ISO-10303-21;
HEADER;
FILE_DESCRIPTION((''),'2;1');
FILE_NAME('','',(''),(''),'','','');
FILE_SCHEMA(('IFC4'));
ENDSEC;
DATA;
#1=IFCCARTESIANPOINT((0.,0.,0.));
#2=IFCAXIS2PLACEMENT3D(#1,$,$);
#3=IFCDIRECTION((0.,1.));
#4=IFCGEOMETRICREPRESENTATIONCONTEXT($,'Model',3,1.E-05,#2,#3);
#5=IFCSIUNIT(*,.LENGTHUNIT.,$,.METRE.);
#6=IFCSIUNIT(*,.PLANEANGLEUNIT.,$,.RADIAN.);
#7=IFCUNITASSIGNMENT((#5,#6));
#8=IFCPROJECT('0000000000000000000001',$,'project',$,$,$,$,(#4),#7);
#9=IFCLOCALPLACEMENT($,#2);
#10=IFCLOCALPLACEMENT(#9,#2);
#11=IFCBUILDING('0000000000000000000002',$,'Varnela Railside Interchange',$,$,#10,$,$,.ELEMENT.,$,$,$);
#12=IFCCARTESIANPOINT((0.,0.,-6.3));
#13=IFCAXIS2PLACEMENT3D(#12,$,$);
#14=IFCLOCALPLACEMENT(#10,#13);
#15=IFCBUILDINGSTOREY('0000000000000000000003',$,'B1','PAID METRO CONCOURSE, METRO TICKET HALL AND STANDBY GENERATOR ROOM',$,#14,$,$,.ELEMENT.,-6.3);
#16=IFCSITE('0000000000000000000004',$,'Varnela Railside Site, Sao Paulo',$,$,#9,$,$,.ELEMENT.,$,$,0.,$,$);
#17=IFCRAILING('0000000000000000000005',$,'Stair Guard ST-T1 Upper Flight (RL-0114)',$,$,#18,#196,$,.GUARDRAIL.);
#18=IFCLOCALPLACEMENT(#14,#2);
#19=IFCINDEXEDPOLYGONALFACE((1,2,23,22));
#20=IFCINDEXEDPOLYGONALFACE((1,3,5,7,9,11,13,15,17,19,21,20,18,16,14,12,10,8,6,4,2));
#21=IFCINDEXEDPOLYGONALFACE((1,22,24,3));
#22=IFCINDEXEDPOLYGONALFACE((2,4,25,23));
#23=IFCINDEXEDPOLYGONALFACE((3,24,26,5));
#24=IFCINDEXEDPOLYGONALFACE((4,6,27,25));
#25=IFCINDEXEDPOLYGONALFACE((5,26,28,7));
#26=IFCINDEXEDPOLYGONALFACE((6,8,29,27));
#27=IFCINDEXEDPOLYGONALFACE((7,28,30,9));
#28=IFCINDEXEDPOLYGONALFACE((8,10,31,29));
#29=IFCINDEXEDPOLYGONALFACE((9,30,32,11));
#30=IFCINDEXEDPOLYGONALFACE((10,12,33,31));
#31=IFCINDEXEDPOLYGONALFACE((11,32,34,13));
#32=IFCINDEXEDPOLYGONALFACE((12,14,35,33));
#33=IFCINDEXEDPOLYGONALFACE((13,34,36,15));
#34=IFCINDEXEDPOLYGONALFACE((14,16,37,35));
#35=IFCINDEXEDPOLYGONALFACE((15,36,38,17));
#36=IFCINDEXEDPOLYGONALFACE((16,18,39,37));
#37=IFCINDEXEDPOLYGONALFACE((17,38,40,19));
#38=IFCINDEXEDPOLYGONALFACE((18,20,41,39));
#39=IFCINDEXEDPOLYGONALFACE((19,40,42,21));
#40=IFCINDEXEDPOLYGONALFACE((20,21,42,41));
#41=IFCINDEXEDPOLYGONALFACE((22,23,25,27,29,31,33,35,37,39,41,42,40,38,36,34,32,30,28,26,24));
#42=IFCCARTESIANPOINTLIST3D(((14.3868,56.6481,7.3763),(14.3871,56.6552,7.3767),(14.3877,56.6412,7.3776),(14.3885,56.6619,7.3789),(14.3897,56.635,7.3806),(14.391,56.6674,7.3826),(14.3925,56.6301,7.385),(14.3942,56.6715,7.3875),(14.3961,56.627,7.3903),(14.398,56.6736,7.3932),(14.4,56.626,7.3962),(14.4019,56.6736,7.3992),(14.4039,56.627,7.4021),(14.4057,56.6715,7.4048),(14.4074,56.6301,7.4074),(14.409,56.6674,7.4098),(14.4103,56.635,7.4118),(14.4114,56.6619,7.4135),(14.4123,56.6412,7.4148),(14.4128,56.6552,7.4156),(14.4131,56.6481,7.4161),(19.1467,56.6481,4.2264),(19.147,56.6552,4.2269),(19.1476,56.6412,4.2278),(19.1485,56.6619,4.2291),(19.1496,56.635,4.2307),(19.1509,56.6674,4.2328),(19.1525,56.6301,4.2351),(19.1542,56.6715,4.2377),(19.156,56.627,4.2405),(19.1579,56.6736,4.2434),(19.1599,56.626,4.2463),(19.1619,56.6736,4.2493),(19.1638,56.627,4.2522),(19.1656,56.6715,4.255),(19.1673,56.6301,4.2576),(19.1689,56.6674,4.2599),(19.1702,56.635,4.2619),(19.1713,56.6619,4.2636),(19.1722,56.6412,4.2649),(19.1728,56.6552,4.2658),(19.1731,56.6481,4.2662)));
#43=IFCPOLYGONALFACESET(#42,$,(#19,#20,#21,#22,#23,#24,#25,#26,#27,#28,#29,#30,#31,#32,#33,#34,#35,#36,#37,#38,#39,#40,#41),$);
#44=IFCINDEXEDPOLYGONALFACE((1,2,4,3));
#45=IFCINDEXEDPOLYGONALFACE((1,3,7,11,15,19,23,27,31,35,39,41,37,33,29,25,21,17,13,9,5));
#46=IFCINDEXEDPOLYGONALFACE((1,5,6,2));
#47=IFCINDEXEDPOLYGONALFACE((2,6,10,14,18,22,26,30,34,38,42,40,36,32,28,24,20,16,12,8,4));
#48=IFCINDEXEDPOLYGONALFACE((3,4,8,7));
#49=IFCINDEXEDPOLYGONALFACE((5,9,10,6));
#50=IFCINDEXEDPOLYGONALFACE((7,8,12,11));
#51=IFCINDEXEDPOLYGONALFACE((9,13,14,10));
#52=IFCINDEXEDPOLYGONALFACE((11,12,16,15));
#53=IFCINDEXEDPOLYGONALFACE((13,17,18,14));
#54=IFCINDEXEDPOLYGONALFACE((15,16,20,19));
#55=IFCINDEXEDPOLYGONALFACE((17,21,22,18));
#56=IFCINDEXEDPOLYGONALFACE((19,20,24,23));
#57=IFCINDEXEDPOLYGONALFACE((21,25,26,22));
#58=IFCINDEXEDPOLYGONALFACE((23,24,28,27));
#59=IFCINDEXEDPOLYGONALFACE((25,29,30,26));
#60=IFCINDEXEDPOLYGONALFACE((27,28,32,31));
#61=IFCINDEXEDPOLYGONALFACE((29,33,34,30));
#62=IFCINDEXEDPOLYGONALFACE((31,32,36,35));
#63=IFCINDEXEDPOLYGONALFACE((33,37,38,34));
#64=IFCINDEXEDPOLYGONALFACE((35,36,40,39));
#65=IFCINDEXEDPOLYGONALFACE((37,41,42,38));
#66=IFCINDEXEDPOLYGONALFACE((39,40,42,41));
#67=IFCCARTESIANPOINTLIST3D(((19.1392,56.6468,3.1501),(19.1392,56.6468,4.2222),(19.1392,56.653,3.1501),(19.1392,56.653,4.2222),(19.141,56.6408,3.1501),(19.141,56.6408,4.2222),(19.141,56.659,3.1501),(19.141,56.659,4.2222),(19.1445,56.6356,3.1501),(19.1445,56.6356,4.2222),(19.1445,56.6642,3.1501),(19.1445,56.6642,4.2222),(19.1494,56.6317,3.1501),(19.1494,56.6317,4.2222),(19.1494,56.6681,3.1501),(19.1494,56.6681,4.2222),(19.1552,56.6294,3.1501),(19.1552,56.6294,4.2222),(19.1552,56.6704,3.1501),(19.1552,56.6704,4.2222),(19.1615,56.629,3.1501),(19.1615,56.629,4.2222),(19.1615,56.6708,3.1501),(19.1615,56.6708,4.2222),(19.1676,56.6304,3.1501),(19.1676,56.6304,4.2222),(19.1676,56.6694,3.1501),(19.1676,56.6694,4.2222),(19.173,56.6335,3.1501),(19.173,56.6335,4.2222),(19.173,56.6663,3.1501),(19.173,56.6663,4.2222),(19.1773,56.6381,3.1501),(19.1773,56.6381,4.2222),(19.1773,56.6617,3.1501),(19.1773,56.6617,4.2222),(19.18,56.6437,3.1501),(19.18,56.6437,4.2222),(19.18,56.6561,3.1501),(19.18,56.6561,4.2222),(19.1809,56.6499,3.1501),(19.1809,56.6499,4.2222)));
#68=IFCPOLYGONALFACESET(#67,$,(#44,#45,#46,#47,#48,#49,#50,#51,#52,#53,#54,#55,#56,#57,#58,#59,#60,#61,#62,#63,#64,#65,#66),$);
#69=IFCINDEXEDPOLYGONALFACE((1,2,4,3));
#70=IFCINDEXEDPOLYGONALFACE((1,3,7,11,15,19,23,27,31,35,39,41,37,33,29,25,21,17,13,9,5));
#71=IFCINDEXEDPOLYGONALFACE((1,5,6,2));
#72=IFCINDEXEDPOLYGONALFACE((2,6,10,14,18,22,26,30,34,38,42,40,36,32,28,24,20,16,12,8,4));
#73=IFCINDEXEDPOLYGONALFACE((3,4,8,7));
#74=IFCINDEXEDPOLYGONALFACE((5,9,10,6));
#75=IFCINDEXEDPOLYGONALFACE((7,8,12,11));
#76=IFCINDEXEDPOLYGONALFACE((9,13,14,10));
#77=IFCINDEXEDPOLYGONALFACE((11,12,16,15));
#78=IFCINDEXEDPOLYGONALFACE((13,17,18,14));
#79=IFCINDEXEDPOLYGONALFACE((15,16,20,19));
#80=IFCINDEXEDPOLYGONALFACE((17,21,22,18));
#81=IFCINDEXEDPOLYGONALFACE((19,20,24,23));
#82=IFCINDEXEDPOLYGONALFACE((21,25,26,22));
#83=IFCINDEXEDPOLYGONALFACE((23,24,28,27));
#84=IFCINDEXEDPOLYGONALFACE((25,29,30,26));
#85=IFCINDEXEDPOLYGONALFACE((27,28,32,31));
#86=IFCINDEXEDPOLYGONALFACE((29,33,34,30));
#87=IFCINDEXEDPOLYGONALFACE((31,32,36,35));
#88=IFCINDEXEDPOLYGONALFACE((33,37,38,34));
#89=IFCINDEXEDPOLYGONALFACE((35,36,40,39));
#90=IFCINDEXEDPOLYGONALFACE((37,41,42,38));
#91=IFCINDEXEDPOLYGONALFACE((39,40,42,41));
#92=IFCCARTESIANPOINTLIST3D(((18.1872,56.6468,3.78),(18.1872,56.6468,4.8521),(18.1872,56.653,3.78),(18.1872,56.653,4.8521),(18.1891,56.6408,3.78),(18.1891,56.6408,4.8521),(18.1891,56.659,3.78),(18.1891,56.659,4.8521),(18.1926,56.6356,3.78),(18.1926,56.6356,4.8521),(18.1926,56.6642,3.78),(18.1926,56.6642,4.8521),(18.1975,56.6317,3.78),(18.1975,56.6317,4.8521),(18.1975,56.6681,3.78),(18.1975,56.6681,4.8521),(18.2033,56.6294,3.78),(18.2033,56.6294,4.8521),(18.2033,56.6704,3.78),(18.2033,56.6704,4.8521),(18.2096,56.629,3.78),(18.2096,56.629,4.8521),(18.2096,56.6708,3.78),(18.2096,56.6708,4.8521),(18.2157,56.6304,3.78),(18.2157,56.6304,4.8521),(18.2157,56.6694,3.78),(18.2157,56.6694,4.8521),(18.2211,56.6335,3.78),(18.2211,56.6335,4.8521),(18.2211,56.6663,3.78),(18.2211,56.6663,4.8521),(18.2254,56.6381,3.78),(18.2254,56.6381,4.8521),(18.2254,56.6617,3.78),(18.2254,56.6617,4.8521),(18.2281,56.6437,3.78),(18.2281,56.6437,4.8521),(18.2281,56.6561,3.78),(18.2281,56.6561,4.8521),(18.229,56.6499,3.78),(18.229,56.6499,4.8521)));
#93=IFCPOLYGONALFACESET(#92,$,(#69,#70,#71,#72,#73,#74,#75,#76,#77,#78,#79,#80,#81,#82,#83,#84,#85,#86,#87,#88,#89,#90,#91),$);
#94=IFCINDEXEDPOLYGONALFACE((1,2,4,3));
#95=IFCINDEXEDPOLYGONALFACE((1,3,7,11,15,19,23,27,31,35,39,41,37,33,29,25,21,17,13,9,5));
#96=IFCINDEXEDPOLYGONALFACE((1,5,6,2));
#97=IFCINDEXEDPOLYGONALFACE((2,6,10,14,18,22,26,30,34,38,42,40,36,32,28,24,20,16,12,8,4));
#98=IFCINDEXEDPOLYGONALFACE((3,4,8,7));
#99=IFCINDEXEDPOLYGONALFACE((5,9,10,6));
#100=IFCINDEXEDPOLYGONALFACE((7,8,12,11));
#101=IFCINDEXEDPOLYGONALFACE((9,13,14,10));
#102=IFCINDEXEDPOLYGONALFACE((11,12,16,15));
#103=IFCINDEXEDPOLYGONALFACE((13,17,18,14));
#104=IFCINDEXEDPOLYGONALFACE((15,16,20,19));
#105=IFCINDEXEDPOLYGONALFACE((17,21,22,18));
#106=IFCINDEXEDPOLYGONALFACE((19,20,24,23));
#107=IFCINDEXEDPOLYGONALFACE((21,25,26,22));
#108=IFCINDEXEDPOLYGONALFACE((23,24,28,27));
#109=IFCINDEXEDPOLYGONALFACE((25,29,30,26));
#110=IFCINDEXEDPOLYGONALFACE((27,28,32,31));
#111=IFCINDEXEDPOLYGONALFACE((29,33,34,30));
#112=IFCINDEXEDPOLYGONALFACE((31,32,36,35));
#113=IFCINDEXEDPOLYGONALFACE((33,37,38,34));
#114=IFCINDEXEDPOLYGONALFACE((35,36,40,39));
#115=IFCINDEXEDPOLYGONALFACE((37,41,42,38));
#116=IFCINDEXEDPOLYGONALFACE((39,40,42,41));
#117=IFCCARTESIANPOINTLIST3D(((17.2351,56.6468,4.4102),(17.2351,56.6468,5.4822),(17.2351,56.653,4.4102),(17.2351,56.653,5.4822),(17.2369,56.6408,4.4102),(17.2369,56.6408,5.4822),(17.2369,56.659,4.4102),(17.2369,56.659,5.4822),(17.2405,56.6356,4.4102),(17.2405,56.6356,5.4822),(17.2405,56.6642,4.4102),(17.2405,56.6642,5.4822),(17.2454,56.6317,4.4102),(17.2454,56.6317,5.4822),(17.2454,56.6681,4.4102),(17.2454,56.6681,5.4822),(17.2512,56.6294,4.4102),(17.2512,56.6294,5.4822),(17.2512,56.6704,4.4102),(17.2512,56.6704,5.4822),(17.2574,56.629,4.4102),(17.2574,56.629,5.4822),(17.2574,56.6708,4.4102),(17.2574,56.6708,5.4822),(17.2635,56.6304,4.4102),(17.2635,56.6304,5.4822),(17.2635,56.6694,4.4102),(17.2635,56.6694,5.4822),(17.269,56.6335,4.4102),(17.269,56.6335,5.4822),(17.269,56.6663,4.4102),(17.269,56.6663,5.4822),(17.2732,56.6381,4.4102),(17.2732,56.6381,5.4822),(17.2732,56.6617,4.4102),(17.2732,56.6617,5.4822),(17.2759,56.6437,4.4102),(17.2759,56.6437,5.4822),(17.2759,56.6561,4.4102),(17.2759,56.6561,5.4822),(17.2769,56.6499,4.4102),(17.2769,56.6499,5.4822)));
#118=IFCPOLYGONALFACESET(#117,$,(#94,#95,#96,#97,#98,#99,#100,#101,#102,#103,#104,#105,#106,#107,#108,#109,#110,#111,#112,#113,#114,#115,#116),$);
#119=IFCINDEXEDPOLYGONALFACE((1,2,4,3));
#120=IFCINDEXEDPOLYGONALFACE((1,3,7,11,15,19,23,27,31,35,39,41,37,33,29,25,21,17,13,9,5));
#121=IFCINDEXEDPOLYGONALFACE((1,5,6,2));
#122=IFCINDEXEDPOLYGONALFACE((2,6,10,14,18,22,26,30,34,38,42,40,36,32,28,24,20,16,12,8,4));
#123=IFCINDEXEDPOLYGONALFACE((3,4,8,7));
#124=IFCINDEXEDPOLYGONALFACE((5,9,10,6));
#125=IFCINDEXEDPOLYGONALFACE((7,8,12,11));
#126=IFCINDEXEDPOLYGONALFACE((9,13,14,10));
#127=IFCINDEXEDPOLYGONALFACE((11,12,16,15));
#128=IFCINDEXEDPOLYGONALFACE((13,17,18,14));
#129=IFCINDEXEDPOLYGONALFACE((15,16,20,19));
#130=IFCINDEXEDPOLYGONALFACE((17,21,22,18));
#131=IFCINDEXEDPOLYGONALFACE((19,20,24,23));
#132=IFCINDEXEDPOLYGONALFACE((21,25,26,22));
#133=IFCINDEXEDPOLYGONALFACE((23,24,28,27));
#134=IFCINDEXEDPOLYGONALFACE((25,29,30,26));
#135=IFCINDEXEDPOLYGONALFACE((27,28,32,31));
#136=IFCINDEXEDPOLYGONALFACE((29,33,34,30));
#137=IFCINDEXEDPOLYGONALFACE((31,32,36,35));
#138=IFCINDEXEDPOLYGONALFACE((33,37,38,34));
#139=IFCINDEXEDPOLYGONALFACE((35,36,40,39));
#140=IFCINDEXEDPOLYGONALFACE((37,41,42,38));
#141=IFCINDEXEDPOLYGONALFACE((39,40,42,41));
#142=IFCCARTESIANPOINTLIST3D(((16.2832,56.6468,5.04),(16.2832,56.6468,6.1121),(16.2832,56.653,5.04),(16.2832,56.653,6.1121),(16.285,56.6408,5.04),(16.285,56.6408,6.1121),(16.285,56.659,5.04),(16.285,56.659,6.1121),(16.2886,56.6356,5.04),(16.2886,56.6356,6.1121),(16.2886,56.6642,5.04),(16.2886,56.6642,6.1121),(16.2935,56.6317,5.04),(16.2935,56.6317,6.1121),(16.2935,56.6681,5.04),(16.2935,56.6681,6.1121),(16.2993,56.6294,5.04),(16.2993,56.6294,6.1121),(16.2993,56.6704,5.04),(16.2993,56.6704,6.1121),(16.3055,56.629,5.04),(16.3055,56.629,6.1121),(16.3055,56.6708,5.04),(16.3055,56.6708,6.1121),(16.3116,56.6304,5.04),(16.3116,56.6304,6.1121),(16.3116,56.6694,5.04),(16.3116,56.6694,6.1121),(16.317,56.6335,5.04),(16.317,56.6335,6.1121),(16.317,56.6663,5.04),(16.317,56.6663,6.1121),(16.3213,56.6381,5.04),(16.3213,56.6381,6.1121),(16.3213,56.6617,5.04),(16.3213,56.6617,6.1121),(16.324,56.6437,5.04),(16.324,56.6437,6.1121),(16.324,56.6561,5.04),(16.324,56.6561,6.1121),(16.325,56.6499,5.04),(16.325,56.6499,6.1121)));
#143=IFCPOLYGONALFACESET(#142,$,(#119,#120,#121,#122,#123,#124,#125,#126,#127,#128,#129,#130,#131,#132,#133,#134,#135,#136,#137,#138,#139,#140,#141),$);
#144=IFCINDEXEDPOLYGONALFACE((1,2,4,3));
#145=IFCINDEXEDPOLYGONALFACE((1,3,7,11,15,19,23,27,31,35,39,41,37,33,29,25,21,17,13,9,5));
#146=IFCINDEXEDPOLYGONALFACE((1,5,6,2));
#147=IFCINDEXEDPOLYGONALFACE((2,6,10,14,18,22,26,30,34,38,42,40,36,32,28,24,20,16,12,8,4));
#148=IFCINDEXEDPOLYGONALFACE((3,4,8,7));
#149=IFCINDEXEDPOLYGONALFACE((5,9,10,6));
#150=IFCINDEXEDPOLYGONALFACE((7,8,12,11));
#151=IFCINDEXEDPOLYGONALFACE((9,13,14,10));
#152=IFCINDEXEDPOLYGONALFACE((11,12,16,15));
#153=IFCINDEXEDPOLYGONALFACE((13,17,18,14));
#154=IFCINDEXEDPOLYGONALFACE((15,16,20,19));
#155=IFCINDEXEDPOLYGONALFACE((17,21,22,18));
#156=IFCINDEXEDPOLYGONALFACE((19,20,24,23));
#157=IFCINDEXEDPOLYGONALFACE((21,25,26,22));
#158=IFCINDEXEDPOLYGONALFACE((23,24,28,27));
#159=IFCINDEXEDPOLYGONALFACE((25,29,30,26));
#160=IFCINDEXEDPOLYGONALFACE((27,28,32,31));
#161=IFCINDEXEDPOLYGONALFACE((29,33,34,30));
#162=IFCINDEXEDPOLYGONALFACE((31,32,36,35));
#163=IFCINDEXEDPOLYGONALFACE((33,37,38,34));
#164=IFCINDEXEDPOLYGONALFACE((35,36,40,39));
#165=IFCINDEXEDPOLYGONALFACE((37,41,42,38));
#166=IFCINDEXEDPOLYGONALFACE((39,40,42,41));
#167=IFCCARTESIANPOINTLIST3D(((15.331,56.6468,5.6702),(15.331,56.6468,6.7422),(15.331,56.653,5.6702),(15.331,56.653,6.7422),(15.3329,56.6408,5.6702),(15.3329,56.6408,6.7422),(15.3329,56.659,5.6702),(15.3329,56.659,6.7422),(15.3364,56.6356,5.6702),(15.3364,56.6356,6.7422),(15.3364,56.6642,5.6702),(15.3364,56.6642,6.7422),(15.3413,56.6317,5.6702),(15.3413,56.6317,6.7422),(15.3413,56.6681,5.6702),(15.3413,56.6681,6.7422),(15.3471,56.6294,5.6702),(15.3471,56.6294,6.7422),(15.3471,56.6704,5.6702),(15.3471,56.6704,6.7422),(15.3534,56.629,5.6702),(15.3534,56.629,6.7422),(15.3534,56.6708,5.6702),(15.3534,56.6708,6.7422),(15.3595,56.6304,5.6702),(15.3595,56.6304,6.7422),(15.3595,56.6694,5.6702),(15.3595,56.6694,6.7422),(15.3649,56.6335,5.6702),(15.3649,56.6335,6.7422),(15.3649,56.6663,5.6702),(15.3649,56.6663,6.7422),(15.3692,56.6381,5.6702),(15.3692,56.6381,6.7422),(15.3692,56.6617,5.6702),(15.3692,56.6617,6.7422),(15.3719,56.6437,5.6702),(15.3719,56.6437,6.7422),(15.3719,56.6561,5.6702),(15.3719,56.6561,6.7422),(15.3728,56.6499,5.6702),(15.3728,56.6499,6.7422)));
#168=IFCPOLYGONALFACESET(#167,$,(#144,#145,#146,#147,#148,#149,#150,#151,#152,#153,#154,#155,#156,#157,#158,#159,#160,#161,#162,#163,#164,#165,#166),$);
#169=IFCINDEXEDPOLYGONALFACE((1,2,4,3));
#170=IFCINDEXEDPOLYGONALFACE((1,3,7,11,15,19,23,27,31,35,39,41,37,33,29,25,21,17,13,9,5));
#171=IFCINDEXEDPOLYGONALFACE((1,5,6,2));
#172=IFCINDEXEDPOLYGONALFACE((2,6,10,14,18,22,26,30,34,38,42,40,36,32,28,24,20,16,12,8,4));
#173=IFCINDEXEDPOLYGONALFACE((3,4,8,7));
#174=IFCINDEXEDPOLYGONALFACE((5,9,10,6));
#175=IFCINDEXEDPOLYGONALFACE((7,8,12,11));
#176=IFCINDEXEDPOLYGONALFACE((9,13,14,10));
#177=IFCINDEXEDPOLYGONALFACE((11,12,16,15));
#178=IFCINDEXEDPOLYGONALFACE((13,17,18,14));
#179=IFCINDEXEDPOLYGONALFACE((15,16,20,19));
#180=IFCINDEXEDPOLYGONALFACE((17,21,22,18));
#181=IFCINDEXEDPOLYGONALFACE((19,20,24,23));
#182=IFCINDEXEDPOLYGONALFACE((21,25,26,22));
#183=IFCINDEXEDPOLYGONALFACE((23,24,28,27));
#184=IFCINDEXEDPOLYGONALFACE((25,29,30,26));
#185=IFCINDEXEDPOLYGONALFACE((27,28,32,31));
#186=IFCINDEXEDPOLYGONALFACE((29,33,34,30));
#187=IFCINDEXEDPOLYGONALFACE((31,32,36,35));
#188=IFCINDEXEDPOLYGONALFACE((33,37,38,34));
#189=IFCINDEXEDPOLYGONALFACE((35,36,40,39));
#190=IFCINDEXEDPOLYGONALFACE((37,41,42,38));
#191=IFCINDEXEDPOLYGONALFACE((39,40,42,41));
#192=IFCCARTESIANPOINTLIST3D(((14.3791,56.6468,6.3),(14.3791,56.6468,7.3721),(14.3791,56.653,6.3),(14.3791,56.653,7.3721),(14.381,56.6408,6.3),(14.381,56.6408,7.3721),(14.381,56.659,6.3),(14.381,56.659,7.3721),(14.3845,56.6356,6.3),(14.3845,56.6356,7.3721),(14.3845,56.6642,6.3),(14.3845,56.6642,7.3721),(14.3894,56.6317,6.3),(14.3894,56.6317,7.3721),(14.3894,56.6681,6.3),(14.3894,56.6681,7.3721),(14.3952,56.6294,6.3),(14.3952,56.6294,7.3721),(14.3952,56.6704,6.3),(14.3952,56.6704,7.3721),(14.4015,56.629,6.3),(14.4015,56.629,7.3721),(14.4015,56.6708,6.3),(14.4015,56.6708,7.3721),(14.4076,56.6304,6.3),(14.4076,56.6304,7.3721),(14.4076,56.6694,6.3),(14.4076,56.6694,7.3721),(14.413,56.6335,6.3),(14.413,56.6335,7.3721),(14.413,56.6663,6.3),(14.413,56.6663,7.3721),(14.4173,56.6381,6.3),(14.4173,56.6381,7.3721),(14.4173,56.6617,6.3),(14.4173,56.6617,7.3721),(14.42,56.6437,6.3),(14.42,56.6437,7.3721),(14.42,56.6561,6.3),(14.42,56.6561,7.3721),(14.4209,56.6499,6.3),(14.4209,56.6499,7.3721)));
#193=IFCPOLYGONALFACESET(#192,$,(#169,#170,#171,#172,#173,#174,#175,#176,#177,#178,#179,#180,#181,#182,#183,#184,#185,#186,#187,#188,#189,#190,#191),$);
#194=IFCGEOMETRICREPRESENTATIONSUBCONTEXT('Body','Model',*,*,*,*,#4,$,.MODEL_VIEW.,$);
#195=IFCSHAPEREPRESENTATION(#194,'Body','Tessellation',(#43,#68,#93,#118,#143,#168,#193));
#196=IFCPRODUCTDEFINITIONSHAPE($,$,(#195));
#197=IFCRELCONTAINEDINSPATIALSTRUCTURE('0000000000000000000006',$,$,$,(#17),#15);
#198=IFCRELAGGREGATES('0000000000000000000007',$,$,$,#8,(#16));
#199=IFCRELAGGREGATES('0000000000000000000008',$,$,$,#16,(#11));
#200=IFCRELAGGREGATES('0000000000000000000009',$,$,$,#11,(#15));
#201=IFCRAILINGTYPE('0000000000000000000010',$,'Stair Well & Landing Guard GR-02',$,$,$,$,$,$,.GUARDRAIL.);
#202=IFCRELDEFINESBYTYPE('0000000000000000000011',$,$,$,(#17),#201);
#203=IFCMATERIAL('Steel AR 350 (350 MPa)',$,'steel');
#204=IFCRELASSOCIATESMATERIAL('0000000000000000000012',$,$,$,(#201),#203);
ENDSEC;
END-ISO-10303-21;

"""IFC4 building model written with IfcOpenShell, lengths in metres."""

from ifc_helpers import new_model, si_unit, direction, frame, origin, origin_2d, place, context, subcontext, project, spatial, circle, extrude, material, type_object, element, save


model = new_model("IFC4")

# Units and contexts
model_context = context("Model", 3, precision=1e-05, world=origin(), true_north=direction((0.0, 1.0)))
body_context = subcontext(model_context, "Body", "Model", "MODEL_VIEW")
ifc_project = project(units=[si_unit("LENGTHUNIT", "METRE"), si_unit("PLANEANGLEUNIT", "RADIAN")], contexts=[model_context])

# Site, building, storey
site_placement = place(None, origin())
site = spatial("IfcSite", under=ifc_project, at=site_placement, Name="Varnela Railside Site, Sao Paulo", CompositionType="ELEMENT", RefElevation=0.0)
building_placement = place(site_placement, origin())
building = spatial("IfcBuilding", under=site, at=building_placement, Name="Varnela Railside Interchange", CompositionType="ELEMENT")
storey_placement = place(building_placement, frame((0.0, 0.0, -6.3)))
storey = spatial("IfcBuildingStorey", under=building, at=storey_placement, Name="B1", Description="PAID METRO CONCOURSE, METRO TICKET HALL AND STANDBY GENERATOR ROOM", CompositionType="ELEMENT", Elevation=-6.3)

# Shared definitions
ifc_material_1 = material(Name="Steel AR 350 (350 MPa)", Category="steel")

# Railing
railing_type_1 = type_object("IfcRailingType", Name="Stair Well & Landing Guard GR-02", PredefinedType="GUARDRAIL", material=ifc_material_1)
railing_1_placement = place(storey_placement, frame((19.1599, 56.6499, 3.1501)))
element("IfcRailing", 1, at=railing_1_placement, inside=storey, type_object=railing_type_1, Name="Stair Guard ST-T1 Upper Flight (RL-0114)", PredefinedType="GUARDRAIL", context=body_context, shape_type="SweptSolid", body=[
    extrude(circle(Radius=0.0239, at=origin_2d()), frame((0.0, 0.0, 1.0962), z_axis=(-0.833941, 0.0, 0.551854), x_axis=(0.0, -1.0, 0.0)), (0.0, 0.0, 1.0), 5.7078),
    extrude(circle(Radius=0.021, at=origin_2d()), origin(), (0.0, 0.0, 1.0), 1.072),
    extrude(circle(Radius=0.021, at=origin_2d()), frame((-0.9519, 0.0, 0.6299)), (0.0, 0.0, 1.0), 1.072),
    extrude(circle(Radius=0.021, at=origin_2d()), frame((-1.9041, 0.0, 1.26)), (0.0, 0.0, 1.0), 1.072),
    extrude(circle(Radius=0.021, at=origin_2d()), frame((-2.856, 0.0, 1.8899)), (0.0, 0.0, 1.0), 1.072),
    extrude(circle(Radius=0.021, at=origin_2d()), frame((-3.8081, 0.0, 2.52)), (0.0, 0.0, 1.0), 1.072),
    extrude(circle(Radius=0.021, at=origin_2d()), frame((-4.76, 0.0, 3.1499)), (0.0, 0.0, 1.0), 1.072),
])

save(model, "model.ifc")
